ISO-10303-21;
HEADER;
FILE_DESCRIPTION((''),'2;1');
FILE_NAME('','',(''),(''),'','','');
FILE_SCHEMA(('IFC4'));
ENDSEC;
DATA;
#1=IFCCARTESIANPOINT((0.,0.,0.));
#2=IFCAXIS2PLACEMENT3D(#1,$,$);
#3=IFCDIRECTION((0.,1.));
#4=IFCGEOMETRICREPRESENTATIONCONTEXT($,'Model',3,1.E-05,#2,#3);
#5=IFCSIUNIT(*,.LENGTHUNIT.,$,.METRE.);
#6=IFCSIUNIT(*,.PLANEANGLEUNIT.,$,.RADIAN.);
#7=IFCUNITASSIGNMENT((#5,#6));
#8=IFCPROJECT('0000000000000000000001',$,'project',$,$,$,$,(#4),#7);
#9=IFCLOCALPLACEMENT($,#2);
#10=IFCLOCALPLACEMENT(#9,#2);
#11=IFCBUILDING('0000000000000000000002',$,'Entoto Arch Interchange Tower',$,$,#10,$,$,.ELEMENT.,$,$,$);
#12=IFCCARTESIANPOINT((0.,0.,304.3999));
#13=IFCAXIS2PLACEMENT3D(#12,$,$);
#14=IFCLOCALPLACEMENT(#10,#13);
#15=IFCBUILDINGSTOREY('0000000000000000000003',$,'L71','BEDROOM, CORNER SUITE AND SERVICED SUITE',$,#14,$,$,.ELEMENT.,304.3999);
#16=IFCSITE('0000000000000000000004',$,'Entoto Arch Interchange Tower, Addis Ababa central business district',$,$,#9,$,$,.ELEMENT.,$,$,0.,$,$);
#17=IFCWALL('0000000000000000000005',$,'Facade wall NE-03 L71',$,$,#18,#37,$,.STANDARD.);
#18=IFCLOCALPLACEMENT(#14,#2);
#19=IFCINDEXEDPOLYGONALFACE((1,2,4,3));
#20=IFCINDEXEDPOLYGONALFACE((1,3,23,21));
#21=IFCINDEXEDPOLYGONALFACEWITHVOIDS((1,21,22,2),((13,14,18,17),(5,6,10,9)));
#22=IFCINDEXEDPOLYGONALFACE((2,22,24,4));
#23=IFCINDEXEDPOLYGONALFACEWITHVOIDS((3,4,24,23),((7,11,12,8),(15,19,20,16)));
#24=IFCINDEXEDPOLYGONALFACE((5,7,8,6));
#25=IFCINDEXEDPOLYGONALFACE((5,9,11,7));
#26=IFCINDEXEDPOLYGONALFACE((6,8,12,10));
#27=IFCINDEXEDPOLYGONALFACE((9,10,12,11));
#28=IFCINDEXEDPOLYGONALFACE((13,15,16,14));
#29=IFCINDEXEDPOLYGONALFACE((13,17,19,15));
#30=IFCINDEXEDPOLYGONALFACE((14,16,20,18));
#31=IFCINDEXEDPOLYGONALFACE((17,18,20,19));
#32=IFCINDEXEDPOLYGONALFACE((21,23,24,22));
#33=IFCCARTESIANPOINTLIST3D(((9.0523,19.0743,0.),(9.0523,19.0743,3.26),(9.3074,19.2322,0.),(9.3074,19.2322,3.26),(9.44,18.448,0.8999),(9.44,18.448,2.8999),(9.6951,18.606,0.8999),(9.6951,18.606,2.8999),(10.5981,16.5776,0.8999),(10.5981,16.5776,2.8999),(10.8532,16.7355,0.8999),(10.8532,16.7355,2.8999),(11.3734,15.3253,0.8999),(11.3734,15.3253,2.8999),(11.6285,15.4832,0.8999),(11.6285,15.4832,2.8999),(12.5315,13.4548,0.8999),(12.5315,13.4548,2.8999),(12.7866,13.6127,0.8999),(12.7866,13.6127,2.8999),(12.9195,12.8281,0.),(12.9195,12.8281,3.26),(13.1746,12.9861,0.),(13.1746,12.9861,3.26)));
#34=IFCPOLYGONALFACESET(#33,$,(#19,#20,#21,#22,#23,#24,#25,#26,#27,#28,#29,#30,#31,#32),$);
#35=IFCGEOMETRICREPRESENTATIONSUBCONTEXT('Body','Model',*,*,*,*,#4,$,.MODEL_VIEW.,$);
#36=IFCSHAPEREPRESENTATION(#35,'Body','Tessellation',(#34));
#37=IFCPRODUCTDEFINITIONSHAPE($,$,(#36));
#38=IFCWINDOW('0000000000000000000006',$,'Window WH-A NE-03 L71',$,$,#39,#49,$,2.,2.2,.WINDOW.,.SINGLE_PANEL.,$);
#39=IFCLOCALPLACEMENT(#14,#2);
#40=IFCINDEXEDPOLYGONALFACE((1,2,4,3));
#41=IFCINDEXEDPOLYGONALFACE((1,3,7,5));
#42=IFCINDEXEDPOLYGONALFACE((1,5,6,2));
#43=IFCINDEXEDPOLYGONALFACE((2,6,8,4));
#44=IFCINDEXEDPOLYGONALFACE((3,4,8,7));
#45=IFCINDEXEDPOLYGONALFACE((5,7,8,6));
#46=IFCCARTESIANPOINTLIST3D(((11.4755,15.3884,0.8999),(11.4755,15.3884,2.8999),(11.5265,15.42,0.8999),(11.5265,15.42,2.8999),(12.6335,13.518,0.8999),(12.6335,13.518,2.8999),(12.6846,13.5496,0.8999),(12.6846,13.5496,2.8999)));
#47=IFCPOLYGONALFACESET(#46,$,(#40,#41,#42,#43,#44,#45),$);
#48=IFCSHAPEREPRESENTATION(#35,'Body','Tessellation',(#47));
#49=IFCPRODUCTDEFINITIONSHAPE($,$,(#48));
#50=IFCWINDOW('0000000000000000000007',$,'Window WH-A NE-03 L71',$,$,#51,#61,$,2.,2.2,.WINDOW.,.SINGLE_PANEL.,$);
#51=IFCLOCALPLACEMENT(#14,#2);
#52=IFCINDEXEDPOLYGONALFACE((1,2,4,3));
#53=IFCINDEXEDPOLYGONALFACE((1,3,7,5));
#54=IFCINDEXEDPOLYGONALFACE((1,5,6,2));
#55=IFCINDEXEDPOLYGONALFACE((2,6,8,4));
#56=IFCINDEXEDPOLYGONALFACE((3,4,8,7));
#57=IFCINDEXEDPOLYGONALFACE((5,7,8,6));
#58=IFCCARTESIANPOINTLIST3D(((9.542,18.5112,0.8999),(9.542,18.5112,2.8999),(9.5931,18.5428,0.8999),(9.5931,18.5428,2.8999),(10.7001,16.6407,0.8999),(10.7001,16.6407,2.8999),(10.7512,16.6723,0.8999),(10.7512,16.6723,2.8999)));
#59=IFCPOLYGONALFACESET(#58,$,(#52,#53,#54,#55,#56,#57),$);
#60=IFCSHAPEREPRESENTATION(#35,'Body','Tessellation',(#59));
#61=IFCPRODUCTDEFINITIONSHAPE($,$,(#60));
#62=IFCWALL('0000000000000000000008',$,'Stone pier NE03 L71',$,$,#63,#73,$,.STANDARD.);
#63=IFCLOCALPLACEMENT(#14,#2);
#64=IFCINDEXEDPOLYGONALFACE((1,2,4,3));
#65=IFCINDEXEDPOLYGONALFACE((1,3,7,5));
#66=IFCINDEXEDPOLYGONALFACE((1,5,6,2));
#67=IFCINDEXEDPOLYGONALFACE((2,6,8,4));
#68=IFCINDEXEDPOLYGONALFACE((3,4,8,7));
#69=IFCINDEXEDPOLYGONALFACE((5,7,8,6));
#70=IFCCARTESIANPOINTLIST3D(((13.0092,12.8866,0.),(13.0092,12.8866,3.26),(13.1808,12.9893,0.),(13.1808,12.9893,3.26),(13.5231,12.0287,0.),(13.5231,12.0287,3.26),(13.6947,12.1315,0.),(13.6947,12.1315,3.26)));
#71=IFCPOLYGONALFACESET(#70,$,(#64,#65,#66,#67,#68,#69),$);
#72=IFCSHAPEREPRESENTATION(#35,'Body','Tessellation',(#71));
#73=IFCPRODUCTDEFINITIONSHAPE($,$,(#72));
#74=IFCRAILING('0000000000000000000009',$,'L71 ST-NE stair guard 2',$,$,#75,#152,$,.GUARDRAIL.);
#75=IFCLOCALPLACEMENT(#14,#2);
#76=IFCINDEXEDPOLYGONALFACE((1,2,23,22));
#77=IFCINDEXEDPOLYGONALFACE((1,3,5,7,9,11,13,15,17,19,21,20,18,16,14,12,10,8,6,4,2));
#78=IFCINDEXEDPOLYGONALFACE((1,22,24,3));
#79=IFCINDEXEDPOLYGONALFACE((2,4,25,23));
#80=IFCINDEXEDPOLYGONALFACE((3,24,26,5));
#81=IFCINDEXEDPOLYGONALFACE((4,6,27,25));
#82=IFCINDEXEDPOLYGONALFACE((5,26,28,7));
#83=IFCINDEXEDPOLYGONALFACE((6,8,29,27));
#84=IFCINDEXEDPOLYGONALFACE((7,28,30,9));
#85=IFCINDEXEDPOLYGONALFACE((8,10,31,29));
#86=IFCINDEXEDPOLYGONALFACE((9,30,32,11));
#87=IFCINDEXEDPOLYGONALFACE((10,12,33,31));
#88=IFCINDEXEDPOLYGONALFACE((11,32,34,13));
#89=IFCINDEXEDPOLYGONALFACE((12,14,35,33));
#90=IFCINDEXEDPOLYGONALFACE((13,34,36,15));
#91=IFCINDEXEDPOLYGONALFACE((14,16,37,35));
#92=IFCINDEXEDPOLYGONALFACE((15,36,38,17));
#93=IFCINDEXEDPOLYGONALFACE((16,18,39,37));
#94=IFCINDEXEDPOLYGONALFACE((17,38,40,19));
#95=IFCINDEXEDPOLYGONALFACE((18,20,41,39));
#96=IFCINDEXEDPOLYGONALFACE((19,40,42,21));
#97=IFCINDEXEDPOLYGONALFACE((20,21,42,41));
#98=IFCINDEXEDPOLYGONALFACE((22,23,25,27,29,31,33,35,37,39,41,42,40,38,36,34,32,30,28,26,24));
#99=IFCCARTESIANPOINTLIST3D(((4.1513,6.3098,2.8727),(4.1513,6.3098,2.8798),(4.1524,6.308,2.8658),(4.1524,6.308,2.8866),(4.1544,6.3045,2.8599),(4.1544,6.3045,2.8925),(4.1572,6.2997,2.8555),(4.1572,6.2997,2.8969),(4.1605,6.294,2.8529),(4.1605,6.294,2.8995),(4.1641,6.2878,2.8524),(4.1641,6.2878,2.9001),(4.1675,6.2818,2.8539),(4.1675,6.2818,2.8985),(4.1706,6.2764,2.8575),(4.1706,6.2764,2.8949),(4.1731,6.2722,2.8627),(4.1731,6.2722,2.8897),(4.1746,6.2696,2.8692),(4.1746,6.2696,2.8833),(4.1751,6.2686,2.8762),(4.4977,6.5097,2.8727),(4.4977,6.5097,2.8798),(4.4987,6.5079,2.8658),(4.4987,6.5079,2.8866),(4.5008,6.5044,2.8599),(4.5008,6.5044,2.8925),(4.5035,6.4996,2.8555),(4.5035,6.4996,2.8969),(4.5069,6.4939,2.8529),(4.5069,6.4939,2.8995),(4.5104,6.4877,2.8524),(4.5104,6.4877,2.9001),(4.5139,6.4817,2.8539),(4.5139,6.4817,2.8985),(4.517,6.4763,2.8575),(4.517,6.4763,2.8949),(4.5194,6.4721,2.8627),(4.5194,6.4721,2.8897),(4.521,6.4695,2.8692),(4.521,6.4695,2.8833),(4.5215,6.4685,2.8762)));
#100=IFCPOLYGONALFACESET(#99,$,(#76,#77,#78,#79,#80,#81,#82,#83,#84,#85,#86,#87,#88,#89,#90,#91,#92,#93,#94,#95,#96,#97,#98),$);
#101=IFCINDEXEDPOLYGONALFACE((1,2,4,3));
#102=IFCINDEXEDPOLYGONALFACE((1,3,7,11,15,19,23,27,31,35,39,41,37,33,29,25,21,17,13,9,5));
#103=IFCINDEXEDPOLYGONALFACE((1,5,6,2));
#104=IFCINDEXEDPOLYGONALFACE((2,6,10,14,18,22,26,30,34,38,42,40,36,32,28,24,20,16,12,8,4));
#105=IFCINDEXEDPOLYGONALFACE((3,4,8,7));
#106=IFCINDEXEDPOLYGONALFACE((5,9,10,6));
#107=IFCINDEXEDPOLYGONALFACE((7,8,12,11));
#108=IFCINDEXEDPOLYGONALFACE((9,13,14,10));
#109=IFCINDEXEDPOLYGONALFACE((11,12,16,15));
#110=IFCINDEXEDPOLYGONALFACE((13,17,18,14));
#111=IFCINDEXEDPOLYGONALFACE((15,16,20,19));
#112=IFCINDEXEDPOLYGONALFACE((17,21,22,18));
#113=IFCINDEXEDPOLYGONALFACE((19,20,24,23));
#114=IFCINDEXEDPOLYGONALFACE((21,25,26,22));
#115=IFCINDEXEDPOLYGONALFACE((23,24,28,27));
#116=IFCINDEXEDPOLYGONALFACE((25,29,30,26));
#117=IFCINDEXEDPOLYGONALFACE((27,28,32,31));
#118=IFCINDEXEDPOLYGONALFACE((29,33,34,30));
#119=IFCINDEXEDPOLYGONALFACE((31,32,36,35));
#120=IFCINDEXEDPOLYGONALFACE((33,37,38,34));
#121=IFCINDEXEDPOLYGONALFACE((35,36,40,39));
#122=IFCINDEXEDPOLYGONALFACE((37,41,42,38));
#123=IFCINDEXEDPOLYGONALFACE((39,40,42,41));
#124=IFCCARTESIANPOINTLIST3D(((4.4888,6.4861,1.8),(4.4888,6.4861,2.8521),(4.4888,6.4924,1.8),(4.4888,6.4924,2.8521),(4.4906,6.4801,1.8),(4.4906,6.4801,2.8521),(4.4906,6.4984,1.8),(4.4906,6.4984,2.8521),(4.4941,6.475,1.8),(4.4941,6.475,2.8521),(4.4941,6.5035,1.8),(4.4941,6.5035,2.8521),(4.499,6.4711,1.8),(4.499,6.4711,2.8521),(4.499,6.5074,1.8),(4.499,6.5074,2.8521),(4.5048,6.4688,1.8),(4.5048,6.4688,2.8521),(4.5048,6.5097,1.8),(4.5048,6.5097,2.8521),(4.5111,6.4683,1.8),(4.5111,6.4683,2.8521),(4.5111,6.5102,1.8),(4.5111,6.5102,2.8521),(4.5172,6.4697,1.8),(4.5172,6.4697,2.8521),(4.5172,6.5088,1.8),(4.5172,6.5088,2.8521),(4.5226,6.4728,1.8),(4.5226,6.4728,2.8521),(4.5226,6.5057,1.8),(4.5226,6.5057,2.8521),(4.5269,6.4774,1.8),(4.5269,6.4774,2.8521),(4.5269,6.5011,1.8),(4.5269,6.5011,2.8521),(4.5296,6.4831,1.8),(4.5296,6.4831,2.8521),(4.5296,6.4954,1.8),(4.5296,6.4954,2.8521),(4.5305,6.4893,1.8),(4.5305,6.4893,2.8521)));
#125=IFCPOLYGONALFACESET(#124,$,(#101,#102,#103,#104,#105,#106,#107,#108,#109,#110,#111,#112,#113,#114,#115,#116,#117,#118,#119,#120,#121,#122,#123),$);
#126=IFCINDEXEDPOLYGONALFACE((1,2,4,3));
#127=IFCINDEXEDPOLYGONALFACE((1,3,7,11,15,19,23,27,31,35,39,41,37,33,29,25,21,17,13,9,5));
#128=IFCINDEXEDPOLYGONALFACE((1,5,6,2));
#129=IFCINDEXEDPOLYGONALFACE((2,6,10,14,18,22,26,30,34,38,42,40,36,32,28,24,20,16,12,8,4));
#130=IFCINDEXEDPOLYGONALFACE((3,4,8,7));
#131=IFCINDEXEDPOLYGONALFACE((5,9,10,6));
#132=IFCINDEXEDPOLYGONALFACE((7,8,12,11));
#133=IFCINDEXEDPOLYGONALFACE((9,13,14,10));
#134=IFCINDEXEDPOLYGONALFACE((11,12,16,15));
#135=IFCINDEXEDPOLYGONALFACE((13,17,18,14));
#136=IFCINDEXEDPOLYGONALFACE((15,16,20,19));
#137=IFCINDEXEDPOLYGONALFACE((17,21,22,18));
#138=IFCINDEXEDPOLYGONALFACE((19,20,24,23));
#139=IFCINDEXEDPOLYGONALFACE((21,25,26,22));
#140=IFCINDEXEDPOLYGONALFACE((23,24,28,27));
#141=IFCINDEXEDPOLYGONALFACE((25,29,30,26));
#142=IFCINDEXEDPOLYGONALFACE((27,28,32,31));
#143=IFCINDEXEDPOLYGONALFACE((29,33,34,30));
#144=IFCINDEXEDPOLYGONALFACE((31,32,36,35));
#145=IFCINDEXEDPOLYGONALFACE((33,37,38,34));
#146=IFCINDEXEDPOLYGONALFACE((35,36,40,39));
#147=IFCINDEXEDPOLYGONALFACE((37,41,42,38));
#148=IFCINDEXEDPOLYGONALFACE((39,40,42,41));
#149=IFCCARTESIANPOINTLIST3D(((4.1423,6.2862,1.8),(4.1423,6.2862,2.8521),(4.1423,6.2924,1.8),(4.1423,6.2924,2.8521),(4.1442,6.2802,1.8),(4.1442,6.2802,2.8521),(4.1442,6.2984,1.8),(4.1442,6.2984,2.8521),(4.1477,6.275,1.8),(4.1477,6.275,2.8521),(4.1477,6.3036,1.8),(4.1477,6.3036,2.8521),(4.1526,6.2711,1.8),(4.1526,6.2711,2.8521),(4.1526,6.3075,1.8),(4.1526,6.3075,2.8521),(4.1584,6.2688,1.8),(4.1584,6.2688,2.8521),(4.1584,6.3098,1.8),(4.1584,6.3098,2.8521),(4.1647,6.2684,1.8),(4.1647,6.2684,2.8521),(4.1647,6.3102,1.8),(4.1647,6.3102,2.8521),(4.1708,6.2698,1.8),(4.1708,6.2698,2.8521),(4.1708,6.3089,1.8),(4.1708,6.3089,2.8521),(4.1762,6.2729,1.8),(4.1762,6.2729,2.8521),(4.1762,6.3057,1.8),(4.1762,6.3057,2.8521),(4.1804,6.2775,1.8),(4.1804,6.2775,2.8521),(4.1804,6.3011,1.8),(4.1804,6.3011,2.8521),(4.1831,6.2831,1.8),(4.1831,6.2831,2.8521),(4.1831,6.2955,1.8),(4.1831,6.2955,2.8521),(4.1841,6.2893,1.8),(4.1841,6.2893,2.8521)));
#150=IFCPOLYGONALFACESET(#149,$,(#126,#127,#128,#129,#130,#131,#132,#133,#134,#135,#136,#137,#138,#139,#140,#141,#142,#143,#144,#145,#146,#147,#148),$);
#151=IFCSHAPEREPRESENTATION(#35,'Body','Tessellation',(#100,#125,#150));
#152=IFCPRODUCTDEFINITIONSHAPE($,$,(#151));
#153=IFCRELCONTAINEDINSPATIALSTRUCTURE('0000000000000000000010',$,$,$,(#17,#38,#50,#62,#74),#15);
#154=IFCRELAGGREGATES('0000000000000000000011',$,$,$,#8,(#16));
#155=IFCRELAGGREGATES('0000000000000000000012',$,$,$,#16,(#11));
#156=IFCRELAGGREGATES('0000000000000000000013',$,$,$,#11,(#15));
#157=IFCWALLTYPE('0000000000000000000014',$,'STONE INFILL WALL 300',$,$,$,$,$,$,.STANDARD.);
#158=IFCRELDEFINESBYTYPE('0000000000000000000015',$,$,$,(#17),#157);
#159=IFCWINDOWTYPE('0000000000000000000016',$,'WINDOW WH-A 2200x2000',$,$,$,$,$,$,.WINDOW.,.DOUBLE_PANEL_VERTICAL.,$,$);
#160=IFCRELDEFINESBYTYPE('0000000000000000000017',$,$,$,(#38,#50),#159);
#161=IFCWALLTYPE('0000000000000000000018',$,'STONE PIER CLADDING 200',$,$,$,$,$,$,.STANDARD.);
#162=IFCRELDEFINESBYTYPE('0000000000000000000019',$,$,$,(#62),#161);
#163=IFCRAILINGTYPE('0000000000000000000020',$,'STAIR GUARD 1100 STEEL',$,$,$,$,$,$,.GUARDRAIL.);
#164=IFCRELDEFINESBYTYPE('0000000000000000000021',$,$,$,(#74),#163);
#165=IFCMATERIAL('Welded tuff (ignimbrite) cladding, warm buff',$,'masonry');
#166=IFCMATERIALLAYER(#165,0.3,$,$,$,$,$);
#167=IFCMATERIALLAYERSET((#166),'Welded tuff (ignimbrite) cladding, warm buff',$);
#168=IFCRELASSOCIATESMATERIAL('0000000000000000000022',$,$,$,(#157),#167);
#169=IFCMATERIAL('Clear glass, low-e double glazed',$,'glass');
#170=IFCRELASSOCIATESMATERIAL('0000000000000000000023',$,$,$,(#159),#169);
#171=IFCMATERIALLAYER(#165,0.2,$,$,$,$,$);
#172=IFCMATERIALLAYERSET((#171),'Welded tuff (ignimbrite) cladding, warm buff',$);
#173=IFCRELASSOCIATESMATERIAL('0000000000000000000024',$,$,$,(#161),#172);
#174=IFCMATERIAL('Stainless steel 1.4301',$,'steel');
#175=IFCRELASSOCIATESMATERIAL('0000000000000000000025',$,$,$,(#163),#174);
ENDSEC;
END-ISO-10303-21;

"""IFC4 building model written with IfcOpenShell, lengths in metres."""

from ifc_helpers import new_model, si_unit, direction, frame, frame_2d, origin, origin_2d, place, context, subcontext, project, spatial, rectangle, circle, extrude, material, layer, layer_set, type_object, element, fill, save


model = new_model("IFC4")

# Units and contexts
model_context = context("Model", 3, precision=1e-05, world=origin(), true_north=direction((0.0, 1.0)))
body_context = subcontext(model_context, "Body", "Model", "MODEL_VIEW")
ifc_project = project(units=[si_unit("LENGTHUNIT", "METRE"), si_unit("PLANEANGLEUNIT", "RADIAN")], contexts=[model_context])

# Site, building, storey
site_placement = place(None, origin())
site = spatial("IfcSite", under=ifc_project, at=site_placement, Name="Entoto Arch Interchange Tower, Addis Ababa central business district", CompositionType="ELEMENT", RefElevation=0.0)
building_placement = place(site_placement, origin())
building = spatial("IfcBuilding", under=site, at=building_placement, Name="Entoto Arch Interchange Tower", CompositionType="ELEMENT")
storey_placement = place(building_placement, frame((0.0, 0.0, 304.3999)))
storey = spatial("IfcBuildingStorey", under=building, at=storey_placement, Name="L71", Description="BEDROOM, CORNER SUITE AND SERVICED SUITE", CompositionType="ELEMENT", Elevation=304.3999)

# Wall, openings, windows
ifc_material_1 = material(Name="Welded tuff (ignimbrite) cladding, warm buff", Category="masonry")
ifc_layer_1 = layer(ifc_material_1, 0.3)
ifc_layer_set_1 = layer_set([ifc_layer_1], Name="Welded tuff (ignimbrite) cladding, warm buff")
wall_type_1 = type_object("IfcWallType", Name="STONE INFILL WALL 300", PredefinedType="STANDARD", material=ifc_layer_set_1)
wall_1_placement = place(storey_placement, frame((13.0471, 12.907, 0.0), z_axis=(0.0, 0.0, 1.0), x_axis=(-0.52641, 0.850231, 0.0)))
wall_1 = element("IfcWall", 1, at=wall_1_placement, inside=storey, type_object=wall_type_1, Name="Facade wall NE-03 L71", PredefinedType="STANDARD", context=body_context, shape_type="SweptSolid", body=[
    extrude(rectangle(XDim=7.3464, YDim=0.3, at=frame_2d((3.6733, 0.0))), origin(), (0.0, 0.0, 1.0), 3.26),
])
opening_1_placement = place(wall_1_placement, frame((0.7371, 0.0, 0.8999)))
opening_1 = element("IfcOpeningElement", 2, at=opening_1_placement, cuts=wall_1, PredefinedType="OPENING", context=body_context, shape_type="SweptSolid", body=[
    extrude(rectangle(XDim=2.2, YDim=2.0, at=frame_2d((1.1001, 1.0))), frame((0.0, 0.1602, 0.0), z_axis=(0.0, -1.0, 0.0), x_axis=(1.0, 0.0, 0.0)), (0.0, 0.0, 1.0), 0.3201),
])
opening_2_placement = place(wall_1_placement, frame((4.4099, 0.0, 0.8999)))
opening_2 = element("IfcOpeningElement", 3, at=opening_2_placement, cuts=wall_1, PredefinedType="OPENING", context=body_context, shape_type="SweptSolid", body=[
    extrude(rectangle(XDim=2.2, YDim=2.0, at=frame_2d((1.1001, 1.0))), frame((0.0, 0.1602, 0.0), z_axis=(0.0, -1.0, 0.0), x_axis=(1.0, 0.0, 0.0)), (0.0, 0.0, 1.0), 0.3201),
])
ifc_material_2 = material(Name="Clear glass, low-e double glazed", Category="glass")
window_type = type_object("IfcWindowType", Name="WINDOW WH-A 2200x2000", PartitioningType="DOUBLE_PANEL_VERTICAL", PredefinedType="WINDOW", material=ifc_material_2)
window_1_placement = place(opening_1_placement, origin())
window_1 = element("IfcWindow", 4, at=window_1_placement, inside=storey, type_object=window_type, Name="Window WH-A NE-03 L71", OverallHeight=2.0, OverallWidth=2.2, PartitioningType="SINGLE_PANEL", PredefinedType="WINDOW", context=body_context, shape_type="SweptSolid", body=[
    extrude(rectangle(XDim=2.2, YDim=2.0, at=frame_2d((1.1001, 1.0))), frame((0.0, 0.03, 0.0), z_axis=(0.0, -1.0, 0.0), x_axis=(1.0, 0.0, 0.0)), (0.0, 0.0, 1.0), 0.0601),
])
fill(opening_1, window_1)
window_2_placement = place(opening_2_placement, origin())
window_2 = element("IfcWindow", 5, at=window_2_placement, inside=storey, type_object=window_type, Name="Window WH-A NE-03 L71", OverallHeight=2.0, OverallWidth=2.2, PartitioningType="SINGLE_PANEL", PredefinedType="WINDOW", context=body_context, shape_type="SweptSolid", body=[
    extrude(rectangle(XDim=2.2, YDim=2.0, at=frame_2d((1.1001, 1.0))), frame((0.0, 0.03, 0.0), z_axis=(0.0, -1.0, 0.0), x_axis=(1.0, 0.0, 0.0)), (0.0, 0.0, 1.0), 0.0601),
])
fill(opening_2, window_2)

# Wall
ifc_layer_2 = layer(ifc_material_1, 0.2)
ifc_layer_set_2 = layer_set([ifc_layer_2], Name="Welded tuff (ignimbrite) cladding, warm buff")
wall_type_2 = type_object("IfcWallType", Name="STONE PIER CLADDING 200", PredefinedType="STANDARD", material=ifc_layer_set_2)
wall_2_placement = place(storey_placement, frame((13.6089, 12.0801, 0.0), z_axis=(0.0, 0.0, 1.0), x_axis=(-0.513885, 0.857859, 0.0)))
element("IfcWall", 6, at=wall_2_placement, inside=storey, type_object=wall_type_2, Name="Stone pier NE03 L71", PredefinedType="STANDARD", context=body_context, shape_type="SweptSolid", body=[
    extrude(rectangle(XDim=1.0, YDim=0.2, at=frame_2d((0.5, 0.0))), origin(), (0.0, 0.0, 1.0), 3.26),
])

# Railing
ifc_material_3 = material(Name="Stainless steel 1.4301", Category="steel")
railing_type = type_object("IfcRailingType", Name="STAIR GUARD 1100 STEEL", PredefinedType="GUARDRAIL", material=ifc_material_3)
railing_placement = place(storey_placement, frame((4.5095, 6.4893, 1.8)))
element("IfcRailing", 7, at=railing_placement, inside=storey, type_object=railing_type, Name="L71 ST-NE stair guard 2", PredefinedType="GUARDRAIL", context=body_context, shape_type="SweptSolid", body=[
    extrude(circle(Radius=0.0239, at=origin_2d()), frame((0.0, 0.0, 1.0762), z_axis=(-0.866094, -0.499881, 0.0), x_axis=(0.499881, -0.866094, 0.0)), (0.0, 0.0, 1.0), 0.3999),
    extrude(circle(Radius=0.021, at=origin_2d()), origin(), (0.0, 0.0, 1.0), 1.052),
    extrude(circle(Radius=0.021, at=origin_2d()), frame((-0.3464, -0.2, 0.0)), (0.0, 0.0, 1.0), 1.052),
])

save(model, "model.ifc")
